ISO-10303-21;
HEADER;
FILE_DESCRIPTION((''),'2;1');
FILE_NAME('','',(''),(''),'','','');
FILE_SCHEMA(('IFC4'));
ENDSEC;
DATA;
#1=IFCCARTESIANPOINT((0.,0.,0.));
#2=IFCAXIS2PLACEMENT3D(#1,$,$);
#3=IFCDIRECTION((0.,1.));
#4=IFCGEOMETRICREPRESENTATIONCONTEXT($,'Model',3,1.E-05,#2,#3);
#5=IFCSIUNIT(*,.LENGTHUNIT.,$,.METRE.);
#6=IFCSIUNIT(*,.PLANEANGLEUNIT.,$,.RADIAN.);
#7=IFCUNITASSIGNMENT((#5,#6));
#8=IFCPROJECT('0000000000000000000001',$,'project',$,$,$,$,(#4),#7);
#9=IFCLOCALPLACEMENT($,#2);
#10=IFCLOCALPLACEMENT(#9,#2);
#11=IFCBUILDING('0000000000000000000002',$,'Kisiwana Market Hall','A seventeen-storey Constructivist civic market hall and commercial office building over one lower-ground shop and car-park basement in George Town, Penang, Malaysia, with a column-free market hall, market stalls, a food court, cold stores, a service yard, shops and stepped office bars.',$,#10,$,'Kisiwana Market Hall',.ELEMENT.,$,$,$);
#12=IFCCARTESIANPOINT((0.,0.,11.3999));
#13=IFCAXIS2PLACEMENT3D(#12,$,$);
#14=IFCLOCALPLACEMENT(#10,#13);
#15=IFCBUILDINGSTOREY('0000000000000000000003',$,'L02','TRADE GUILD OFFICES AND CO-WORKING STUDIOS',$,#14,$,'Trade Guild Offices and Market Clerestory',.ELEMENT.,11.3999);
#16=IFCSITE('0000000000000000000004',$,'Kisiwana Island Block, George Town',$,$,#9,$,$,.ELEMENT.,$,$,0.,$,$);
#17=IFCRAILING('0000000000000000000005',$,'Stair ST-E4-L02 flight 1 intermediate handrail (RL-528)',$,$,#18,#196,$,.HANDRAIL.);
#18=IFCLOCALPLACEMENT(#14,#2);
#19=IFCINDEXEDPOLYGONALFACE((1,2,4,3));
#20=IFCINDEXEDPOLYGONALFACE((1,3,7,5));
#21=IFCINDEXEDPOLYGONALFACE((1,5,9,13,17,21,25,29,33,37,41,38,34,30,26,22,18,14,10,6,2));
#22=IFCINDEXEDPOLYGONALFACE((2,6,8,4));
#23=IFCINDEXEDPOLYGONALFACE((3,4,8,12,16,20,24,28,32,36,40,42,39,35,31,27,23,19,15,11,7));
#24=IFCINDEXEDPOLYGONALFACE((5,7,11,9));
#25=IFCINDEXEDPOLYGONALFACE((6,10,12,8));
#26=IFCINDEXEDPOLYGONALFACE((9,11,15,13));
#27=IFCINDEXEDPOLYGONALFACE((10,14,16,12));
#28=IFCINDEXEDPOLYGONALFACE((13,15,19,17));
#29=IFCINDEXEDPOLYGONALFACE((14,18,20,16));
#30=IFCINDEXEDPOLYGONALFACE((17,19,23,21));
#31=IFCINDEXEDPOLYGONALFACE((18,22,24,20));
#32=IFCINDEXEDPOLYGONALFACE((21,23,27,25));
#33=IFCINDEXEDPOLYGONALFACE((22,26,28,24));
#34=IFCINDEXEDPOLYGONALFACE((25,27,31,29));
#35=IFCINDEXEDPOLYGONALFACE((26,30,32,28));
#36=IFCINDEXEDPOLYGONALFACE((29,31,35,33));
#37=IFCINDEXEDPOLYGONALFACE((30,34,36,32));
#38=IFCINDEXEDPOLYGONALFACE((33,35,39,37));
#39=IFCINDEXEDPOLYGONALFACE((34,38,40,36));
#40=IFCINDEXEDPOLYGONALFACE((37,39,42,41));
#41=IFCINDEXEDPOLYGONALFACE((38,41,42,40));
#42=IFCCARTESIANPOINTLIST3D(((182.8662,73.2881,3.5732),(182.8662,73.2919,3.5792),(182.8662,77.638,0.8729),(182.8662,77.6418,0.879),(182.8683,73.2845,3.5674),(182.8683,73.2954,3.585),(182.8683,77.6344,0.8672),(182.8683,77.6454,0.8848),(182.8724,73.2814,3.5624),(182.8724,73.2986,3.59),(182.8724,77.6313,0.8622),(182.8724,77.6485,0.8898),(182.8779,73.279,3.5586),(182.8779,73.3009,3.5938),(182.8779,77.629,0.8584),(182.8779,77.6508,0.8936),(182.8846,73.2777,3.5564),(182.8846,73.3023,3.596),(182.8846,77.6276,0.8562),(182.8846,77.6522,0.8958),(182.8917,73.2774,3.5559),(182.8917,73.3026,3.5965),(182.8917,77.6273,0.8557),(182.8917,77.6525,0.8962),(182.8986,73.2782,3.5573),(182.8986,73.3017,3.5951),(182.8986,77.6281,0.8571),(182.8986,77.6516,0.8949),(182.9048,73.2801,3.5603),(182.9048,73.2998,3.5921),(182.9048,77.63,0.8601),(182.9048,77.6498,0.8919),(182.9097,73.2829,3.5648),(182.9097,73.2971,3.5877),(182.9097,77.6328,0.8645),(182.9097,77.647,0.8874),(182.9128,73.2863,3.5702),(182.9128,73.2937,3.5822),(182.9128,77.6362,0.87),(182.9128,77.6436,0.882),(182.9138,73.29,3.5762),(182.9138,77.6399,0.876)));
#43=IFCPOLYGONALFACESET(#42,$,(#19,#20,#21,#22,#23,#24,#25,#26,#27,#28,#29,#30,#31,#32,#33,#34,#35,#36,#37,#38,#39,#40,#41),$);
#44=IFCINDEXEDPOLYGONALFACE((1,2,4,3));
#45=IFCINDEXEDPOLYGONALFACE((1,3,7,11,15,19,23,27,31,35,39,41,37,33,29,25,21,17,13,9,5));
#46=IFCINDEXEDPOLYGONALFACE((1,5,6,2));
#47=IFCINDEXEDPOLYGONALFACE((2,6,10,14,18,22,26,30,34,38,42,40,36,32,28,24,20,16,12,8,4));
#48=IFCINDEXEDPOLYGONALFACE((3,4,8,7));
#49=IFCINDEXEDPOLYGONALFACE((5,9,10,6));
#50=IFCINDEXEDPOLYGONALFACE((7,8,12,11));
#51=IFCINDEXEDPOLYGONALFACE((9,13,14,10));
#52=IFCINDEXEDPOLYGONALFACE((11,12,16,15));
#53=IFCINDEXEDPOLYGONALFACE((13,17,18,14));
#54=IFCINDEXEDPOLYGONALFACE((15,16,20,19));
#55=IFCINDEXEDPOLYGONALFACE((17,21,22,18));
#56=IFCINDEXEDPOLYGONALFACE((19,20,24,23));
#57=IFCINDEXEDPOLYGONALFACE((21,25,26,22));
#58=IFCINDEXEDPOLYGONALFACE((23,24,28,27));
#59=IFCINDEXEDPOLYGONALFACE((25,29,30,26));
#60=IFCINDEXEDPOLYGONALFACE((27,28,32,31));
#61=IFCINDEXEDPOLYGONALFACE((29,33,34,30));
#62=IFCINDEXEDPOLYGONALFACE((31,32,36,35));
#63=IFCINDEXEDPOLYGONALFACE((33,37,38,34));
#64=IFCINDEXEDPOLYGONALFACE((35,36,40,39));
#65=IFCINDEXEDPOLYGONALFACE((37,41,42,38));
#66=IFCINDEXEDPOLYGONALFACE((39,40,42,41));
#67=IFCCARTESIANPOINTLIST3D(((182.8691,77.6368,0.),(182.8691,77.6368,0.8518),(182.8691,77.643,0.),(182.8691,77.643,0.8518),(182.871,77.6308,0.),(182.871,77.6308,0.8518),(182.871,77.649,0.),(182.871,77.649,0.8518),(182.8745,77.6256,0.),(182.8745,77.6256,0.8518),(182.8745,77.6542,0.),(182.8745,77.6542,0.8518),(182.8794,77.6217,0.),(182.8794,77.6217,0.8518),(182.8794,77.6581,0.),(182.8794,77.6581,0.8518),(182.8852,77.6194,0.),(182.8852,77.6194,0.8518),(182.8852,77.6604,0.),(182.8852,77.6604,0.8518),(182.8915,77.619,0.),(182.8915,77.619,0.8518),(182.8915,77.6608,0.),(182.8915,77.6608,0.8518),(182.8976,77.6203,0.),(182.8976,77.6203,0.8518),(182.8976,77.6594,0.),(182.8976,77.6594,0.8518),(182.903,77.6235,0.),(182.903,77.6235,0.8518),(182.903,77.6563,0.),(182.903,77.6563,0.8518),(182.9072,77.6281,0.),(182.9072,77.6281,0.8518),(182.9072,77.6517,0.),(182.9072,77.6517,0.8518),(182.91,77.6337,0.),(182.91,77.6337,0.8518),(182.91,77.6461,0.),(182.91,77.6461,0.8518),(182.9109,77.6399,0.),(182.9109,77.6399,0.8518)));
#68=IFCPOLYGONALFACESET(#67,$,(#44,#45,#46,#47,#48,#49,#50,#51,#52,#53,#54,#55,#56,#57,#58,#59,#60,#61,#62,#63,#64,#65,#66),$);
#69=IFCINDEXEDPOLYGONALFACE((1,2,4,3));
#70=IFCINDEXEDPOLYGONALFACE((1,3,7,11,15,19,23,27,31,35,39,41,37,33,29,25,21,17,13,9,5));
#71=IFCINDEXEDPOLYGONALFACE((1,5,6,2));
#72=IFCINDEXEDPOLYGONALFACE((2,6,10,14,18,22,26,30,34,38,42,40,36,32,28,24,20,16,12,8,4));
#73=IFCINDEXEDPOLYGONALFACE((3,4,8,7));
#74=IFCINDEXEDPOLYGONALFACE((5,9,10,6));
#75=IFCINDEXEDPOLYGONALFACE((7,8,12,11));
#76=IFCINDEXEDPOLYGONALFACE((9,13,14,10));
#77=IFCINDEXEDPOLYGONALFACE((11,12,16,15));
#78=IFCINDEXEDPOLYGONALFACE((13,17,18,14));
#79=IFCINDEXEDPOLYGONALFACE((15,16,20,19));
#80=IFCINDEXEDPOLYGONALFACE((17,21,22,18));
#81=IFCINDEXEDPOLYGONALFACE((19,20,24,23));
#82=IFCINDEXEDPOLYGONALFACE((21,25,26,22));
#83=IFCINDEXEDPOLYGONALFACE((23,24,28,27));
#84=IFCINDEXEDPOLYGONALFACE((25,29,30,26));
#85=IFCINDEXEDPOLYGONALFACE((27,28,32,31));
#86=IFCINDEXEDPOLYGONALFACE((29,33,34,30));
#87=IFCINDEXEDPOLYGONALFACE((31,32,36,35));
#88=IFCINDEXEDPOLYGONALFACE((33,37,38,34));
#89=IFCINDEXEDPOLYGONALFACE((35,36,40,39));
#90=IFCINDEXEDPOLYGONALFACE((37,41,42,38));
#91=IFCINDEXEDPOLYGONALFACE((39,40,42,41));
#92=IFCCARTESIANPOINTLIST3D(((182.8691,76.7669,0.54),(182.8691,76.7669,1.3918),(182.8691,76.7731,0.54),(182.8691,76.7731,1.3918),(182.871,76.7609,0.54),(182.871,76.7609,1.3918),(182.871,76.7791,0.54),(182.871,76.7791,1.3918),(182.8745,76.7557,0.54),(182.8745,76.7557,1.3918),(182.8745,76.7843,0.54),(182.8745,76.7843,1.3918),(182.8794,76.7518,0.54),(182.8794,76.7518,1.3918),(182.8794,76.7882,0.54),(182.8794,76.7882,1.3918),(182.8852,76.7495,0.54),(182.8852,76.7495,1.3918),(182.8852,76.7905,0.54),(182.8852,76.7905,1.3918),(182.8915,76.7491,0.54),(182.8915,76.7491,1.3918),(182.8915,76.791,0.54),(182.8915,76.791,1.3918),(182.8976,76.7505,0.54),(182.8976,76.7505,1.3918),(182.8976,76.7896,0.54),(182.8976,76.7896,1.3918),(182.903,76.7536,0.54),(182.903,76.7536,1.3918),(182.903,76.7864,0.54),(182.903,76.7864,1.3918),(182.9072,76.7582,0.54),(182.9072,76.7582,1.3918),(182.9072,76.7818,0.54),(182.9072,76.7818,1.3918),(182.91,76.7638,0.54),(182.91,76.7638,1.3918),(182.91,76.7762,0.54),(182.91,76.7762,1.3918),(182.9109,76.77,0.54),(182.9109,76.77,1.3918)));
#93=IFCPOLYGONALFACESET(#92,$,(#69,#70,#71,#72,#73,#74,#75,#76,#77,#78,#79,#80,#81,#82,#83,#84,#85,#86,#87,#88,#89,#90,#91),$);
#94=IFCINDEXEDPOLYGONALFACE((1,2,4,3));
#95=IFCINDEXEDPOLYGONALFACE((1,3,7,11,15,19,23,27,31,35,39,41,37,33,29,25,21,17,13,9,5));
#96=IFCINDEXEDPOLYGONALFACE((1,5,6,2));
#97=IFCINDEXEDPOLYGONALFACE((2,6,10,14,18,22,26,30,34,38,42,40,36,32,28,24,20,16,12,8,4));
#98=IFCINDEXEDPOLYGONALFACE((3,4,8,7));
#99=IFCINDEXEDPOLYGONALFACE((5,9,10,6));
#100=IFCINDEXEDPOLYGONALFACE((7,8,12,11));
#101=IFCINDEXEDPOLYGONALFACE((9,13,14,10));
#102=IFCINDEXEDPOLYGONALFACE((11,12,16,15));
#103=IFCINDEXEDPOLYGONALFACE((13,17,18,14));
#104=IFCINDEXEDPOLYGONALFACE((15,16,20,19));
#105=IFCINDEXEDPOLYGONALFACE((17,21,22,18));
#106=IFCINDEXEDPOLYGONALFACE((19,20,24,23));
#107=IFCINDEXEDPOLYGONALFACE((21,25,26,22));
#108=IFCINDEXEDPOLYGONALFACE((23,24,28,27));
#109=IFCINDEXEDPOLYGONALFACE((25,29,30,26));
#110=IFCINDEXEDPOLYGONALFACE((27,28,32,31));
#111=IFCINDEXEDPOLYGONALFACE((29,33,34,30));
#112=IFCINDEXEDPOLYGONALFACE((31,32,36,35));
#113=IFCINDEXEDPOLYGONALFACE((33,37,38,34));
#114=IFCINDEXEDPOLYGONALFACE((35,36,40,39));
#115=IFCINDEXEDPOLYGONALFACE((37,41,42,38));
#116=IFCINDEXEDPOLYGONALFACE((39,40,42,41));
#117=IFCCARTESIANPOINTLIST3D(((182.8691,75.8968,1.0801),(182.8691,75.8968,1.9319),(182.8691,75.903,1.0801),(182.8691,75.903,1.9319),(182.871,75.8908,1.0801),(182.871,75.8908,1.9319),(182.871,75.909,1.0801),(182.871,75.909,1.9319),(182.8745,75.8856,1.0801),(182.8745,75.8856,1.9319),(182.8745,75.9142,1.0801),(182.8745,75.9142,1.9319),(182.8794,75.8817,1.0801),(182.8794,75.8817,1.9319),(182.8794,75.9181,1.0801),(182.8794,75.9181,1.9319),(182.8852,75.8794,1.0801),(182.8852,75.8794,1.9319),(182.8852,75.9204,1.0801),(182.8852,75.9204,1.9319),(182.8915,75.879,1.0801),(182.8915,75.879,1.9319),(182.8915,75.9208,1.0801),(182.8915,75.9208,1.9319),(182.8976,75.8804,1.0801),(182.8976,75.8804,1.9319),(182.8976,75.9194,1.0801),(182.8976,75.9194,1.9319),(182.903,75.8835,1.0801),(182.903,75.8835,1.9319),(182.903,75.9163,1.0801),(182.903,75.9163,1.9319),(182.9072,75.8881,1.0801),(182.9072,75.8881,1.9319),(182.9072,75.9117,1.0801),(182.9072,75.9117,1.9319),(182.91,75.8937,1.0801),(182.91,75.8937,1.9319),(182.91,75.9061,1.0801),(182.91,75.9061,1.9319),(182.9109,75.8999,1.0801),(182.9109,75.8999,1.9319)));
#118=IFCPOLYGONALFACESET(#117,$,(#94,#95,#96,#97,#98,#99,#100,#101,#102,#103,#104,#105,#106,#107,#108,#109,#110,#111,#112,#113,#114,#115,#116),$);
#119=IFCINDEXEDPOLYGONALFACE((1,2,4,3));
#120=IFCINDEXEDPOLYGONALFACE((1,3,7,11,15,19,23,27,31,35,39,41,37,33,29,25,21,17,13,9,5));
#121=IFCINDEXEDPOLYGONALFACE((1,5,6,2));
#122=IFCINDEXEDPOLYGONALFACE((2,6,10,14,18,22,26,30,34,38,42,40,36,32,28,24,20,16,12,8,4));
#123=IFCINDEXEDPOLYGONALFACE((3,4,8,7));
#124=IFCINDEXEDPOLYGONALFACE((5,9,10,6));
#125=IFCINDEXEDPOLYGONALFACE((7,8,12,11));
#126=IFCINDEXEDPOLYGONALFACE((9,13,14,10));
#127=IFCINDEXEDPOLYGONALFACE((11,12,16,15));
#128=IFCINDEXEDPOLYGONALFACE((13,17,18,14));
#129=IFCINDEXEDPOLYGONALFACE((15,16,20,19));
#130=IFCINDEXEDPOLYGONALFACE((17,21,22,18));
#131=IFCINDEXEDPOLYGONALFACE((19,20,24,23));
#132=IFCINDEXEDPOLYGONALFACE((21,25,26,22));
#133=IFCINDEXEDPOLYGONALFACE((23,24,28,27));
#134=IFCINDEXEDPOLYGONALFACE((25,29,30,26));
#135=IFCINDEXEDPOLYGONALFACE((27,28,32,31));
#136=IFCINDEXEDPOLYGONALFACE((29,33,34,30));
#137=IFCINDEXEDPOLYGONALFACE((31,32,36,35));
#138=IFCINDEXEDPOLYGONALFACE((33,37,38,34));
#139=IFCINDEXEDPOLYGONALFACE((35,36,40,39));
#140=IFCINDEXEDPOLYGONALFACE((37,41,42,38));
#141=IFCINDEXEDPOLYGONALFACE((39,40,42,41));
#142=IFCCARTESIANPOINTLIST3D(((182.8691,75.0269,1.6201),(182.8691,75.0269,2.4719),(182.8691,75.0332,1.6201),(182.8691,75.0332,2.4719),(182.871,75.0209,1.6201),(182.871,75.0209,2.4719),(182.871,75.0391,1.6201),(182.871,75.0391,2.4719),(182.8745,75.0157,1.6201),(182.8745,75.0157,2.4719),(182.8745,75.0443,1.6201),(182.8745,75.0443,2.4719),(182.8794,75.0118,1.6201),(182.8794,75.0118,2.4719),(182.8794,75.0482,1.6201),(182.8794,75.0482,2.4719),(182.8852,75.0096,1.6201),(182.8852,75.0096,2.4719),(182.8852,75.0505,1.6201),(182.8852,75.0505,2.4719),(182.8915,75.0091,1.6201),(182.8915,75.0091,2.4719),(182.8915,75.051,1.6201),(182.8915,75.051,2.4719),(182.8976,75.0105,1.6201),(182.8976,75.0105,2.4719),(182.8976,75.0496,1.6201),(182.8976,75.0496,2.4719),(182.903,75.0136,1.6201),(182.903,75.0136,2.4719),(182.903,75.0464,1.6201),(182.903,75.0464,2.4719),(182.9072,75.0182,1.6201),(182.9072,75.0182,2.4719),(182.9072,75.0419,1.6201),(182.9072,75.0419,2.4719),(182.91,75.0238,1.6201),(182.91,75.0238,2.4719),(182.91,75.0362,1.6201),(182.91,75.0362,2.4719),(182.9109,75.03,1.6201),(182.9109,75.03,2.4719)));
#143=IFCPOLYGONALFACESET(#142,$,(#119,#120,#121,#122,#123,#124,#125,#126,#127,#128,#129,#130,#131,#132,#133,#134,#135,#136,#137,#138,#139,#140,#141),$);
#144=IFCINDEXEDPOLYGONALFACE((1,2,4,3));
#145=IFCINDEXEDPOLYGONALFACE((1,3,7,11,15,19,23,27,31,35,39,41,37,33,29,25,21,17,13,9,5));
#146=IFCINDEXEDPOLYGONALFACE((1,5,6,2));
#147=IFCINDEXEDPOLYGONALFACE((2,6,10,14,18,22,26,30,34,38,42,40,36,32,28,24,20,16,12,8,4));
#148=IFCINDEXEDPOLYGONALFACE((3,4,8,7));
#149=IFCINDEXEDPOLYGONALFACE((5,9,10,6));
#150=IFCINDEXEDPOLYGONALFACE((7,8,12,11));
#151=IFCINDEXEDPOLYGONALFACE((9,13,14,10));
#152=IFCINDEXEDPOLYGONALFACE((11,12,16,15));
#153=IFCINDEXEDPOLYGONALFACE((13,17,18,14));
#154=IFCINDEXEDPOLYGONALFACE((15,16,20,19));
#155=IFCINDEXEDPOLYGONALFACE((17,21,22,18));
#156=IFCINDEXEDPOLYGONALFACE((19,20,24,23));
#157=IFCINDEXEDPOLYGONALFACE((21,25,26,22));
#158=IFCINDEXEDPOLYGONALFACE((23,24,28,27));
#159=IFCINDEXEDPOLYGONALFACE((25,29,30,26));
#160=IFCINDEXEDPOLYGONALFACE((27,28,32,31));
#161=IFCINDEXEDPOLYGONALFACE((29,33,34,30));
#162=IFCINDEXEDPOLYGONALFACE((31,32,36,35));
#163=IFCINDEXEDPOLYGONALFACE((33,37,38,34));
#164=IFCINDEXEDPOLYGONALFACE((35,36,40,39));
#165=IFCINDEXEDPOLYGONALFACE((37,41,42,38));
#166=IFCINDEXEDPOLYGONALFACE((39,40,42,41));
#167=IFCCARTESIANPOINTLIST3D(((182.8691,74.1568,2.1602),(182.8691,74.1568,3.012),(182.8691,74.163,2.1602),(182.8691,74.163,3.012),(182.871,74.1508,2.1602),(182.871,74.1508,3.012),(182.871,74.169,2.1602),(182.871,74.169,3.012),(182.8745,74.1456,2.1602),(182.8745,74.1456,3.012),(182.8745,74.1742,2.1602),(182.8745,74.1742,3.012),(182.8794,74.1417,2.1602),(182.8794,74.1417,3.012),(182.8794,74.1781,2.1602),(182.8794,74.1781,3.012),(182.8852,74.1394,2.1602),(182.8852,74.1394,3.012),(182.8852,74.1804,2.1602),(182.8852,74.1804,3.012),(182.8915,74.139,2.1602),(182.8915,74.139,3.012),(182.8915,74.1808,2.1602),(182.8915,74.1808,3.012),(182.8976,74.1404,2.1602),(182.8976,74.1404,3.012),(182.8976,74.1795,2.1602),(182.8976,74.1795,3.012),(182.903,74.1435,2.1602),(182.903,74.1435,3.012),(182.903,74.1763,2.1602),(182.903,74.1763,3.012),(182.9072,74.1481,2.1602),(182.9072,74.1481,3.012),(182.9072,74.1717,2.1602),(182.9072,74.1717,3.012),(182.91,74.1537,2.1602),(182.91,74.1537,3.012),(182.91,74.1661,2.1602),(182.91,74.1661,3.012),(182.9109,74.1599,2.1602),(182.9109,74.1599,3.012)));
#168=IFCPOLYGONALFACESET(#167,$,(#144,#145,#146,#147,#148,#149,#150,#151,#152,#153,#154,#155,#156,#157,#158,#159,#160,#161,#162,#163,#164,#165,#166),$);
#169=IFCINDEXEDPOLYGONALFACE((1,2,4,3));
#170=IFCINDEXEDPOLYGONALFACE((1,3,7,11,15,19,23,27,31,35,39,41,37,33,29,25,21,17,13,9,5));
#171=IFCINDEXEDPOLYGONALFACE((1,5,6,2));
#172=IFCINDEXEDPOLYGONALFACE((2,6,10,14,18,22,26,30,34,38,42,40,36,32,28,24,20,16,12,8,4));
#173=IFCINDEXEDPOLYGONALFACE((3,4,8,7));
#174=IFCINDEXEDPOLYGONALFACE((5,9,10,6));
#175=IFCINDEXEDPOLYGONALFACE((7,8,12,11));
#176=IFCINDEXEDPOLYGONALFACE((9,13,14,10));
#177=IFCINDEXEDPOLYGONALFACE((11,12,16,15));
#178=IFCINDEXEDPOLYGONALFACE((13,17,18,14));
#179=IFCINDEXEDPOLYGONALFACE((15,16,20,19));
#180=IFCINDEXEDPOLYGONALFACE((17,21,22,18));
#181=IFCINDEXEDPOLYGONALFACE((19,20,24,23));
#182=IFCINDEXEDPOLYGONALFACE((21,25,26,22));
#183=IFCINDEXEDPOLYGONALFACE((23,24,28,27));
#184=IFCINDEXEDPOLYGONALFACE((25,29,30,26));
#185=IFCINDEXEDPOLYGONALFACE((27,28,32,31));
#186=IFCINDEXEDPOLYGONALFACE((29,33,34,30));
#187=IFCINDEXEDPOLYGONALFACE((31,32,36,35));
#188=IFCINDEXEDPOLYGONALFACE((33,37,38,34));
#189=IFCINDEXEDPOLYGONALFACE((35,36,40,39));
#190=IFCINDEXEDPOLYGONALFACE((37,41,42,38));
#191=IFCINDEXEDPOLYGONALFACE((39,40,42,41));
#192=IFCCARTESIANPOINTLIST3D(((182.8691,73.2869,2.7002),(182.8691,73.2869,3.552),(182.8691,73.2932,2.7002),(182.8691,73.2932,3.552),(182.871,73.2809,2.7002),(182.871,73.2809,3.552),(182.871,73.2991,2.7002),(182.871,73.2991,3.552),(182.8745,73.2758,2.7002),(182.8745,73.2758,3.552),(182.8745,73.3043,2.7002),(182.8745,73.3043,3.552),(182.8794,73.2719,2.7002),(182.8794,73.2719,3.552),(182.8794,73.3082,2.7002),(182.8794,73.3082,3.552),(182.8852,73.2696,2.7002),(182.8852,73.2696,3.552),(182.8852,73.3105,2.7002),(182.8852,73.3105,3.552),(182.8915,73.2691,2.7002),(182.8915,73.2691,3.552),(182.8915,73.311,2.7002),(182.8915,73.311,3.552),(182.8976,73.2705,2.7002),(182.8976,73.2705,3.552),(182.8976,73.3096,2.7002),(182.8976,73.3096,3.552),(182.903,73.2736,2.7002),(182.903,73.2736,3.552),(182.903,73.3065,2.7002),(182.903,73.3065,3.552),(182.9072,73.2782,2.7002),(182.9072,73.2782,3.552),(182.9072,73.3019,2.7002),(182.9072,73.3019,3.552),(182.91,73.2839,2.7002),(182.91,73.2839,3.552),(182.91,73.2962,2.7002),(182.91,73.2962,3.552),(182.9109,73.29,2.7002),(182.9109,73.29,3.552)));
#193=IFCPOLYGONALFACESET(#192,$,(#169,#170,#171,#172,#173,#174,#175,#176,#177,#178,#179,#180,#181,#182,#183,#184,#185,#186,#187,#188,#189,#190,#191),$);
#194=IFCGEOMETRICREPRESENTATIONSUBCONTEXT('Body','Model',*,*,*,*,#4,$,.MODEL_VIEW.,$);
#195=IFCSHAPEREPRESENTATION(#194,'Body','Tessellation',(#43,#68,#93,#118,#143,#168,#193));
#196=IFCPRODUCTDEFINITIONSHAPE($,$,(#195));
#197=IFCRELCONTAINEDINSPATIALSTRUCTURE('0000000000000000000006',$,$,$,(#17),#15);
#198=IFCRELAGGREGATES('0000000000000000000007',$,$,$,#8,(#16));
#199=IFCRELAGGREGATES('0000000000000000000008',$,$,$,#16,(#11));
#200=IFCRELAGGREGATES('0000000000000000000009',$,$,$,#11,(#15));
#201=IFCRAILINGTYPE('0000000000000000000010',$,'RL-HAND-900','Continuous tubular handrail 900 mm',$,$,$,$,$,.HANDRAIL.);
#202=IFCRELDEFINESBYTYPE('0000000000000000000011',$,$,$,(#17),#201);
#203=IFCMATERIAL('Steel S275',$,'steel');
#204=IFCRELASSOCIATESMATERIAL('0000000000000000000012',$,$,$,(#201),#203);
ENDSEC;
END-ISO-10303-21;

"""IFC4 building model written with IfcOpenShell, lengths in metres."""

from ifc_helpers import new_model, si_unit, direction, frame, origin, origin_2d, place, context, subcontext, project, spatial, circle, extrude, material, type_object, element, save


model = new_model("IFC4")

# Units and contexts
model_context = context("Model", 3, precision=1e-05, world=origin(), true_north=direction((0.0, 1.0)))
body_context = subcontext(model_context, "Body", "Model", "MODEL_VIEW")
ifc_project = project(units=[si_unit("LENGTHUNIT", "METRE"), si_unit("PLANEANGLEUNIT", "RADIAN")], contexts=[model_context])

# Site, building, storey
site_placement = place(None, origin())
site = spatial("IfcSite", under=ifc_project, at=site_placement, Name="Kisiwana Island Block, George Town", CompositionType="ELEMENT", RefElevation=0.0)
building_placement = place(site_placement, origin())
building = spatial("IfcBuilding", under=site, at=building_placement, Name="Kisiwana Market Hall", Description="A seventeen-storey Constructivist civic market hall and commercial office building over one lower-ground shop and car-park basement in George Town, Penang, Malaysia, with a column-free market hall, market stalls, a food court, cold stores, a service yard, shops and stepped office bars.", LongName="Kisiwana Market Hall", CompositionType="ELEMENT")
storey_placement = place(building_placement, frame((0.0, 0.0, 11.3999)))
storey = spatial("IfcBuildingStorey", under=building, at=storey_placement, Name="L02", Description="TRADE GUILD OFFICES AND CO-WORKING STUDIOS", LongName="Trade Guild Offices and Market Clerestory", CompositionType="ELEMENT", Elevation=11.3999)

# Railing
ifc_material_1 = material(Name="Steel S275", Category="steel")
railing_type_1 = type_object("IfcRailingType", Name="RL-HAND-900", Description="Continuous tubular handrail 900 mm", PredefinedType="HANDRAIL", material=ifc_material_1)
railing_1_placement = place(storey_placement, frame((182.8899, 77.6399, 0.0)))
element("IfcRailing", 1, at=railing_1_placement, inside=storey, type_object=railing_type_1, Name="Stair ST-E4-L02 flight 1 intermediate handrail (RL-528)", PredefinedType="HANDRAIL", context=body_context, shape_type="SweptSolid", body=[
    extrude(circle(Radius=0.0239, at=origin_2d()), frame((0.0, 0.0, 0.876), z_axis=(0.0, -0.849615, 0.527403), x_axis=(1.0, 0.0, 0.0)), (0.0, 0.0, 1.0), 5.1199),
    extrude(circle(Radius=0.021, at=origin_2d()), origin(), (0.0, 0.0, 1.0), 0.8518),
    extrude(circle(Radius=0.021, at=origin_2d()), frame((0.0, -0.8699, 0.54)), (0.0, 0.0, 1.0), 0.8518),
    extrude(circle(Radius=0.021, at=origin_2d()), frame((0.0, -1.74, 1.0801)), (0.0, 0.0, 1.0), 0.8518),
    extrude(circle(Radius=0.021, at=origin_2d()), frame((0.0, -2.6099, 1.6201)), (0.0, 0.0, 1.0), 0.8518),
    extrude(circle(Radius=0.021, at=origin_2d()), frame((0.0, -3.48, 2.1602)), (0.0, 0.0, 1.0), 0.8518),
    extrude(circle(Radius=0.021, at=origin_2d()), frame((0.0, -4.3499, 2.7002)), (0.0, 0.0, 1.0), 0.8518),
])

save(model, "model.ifc")
